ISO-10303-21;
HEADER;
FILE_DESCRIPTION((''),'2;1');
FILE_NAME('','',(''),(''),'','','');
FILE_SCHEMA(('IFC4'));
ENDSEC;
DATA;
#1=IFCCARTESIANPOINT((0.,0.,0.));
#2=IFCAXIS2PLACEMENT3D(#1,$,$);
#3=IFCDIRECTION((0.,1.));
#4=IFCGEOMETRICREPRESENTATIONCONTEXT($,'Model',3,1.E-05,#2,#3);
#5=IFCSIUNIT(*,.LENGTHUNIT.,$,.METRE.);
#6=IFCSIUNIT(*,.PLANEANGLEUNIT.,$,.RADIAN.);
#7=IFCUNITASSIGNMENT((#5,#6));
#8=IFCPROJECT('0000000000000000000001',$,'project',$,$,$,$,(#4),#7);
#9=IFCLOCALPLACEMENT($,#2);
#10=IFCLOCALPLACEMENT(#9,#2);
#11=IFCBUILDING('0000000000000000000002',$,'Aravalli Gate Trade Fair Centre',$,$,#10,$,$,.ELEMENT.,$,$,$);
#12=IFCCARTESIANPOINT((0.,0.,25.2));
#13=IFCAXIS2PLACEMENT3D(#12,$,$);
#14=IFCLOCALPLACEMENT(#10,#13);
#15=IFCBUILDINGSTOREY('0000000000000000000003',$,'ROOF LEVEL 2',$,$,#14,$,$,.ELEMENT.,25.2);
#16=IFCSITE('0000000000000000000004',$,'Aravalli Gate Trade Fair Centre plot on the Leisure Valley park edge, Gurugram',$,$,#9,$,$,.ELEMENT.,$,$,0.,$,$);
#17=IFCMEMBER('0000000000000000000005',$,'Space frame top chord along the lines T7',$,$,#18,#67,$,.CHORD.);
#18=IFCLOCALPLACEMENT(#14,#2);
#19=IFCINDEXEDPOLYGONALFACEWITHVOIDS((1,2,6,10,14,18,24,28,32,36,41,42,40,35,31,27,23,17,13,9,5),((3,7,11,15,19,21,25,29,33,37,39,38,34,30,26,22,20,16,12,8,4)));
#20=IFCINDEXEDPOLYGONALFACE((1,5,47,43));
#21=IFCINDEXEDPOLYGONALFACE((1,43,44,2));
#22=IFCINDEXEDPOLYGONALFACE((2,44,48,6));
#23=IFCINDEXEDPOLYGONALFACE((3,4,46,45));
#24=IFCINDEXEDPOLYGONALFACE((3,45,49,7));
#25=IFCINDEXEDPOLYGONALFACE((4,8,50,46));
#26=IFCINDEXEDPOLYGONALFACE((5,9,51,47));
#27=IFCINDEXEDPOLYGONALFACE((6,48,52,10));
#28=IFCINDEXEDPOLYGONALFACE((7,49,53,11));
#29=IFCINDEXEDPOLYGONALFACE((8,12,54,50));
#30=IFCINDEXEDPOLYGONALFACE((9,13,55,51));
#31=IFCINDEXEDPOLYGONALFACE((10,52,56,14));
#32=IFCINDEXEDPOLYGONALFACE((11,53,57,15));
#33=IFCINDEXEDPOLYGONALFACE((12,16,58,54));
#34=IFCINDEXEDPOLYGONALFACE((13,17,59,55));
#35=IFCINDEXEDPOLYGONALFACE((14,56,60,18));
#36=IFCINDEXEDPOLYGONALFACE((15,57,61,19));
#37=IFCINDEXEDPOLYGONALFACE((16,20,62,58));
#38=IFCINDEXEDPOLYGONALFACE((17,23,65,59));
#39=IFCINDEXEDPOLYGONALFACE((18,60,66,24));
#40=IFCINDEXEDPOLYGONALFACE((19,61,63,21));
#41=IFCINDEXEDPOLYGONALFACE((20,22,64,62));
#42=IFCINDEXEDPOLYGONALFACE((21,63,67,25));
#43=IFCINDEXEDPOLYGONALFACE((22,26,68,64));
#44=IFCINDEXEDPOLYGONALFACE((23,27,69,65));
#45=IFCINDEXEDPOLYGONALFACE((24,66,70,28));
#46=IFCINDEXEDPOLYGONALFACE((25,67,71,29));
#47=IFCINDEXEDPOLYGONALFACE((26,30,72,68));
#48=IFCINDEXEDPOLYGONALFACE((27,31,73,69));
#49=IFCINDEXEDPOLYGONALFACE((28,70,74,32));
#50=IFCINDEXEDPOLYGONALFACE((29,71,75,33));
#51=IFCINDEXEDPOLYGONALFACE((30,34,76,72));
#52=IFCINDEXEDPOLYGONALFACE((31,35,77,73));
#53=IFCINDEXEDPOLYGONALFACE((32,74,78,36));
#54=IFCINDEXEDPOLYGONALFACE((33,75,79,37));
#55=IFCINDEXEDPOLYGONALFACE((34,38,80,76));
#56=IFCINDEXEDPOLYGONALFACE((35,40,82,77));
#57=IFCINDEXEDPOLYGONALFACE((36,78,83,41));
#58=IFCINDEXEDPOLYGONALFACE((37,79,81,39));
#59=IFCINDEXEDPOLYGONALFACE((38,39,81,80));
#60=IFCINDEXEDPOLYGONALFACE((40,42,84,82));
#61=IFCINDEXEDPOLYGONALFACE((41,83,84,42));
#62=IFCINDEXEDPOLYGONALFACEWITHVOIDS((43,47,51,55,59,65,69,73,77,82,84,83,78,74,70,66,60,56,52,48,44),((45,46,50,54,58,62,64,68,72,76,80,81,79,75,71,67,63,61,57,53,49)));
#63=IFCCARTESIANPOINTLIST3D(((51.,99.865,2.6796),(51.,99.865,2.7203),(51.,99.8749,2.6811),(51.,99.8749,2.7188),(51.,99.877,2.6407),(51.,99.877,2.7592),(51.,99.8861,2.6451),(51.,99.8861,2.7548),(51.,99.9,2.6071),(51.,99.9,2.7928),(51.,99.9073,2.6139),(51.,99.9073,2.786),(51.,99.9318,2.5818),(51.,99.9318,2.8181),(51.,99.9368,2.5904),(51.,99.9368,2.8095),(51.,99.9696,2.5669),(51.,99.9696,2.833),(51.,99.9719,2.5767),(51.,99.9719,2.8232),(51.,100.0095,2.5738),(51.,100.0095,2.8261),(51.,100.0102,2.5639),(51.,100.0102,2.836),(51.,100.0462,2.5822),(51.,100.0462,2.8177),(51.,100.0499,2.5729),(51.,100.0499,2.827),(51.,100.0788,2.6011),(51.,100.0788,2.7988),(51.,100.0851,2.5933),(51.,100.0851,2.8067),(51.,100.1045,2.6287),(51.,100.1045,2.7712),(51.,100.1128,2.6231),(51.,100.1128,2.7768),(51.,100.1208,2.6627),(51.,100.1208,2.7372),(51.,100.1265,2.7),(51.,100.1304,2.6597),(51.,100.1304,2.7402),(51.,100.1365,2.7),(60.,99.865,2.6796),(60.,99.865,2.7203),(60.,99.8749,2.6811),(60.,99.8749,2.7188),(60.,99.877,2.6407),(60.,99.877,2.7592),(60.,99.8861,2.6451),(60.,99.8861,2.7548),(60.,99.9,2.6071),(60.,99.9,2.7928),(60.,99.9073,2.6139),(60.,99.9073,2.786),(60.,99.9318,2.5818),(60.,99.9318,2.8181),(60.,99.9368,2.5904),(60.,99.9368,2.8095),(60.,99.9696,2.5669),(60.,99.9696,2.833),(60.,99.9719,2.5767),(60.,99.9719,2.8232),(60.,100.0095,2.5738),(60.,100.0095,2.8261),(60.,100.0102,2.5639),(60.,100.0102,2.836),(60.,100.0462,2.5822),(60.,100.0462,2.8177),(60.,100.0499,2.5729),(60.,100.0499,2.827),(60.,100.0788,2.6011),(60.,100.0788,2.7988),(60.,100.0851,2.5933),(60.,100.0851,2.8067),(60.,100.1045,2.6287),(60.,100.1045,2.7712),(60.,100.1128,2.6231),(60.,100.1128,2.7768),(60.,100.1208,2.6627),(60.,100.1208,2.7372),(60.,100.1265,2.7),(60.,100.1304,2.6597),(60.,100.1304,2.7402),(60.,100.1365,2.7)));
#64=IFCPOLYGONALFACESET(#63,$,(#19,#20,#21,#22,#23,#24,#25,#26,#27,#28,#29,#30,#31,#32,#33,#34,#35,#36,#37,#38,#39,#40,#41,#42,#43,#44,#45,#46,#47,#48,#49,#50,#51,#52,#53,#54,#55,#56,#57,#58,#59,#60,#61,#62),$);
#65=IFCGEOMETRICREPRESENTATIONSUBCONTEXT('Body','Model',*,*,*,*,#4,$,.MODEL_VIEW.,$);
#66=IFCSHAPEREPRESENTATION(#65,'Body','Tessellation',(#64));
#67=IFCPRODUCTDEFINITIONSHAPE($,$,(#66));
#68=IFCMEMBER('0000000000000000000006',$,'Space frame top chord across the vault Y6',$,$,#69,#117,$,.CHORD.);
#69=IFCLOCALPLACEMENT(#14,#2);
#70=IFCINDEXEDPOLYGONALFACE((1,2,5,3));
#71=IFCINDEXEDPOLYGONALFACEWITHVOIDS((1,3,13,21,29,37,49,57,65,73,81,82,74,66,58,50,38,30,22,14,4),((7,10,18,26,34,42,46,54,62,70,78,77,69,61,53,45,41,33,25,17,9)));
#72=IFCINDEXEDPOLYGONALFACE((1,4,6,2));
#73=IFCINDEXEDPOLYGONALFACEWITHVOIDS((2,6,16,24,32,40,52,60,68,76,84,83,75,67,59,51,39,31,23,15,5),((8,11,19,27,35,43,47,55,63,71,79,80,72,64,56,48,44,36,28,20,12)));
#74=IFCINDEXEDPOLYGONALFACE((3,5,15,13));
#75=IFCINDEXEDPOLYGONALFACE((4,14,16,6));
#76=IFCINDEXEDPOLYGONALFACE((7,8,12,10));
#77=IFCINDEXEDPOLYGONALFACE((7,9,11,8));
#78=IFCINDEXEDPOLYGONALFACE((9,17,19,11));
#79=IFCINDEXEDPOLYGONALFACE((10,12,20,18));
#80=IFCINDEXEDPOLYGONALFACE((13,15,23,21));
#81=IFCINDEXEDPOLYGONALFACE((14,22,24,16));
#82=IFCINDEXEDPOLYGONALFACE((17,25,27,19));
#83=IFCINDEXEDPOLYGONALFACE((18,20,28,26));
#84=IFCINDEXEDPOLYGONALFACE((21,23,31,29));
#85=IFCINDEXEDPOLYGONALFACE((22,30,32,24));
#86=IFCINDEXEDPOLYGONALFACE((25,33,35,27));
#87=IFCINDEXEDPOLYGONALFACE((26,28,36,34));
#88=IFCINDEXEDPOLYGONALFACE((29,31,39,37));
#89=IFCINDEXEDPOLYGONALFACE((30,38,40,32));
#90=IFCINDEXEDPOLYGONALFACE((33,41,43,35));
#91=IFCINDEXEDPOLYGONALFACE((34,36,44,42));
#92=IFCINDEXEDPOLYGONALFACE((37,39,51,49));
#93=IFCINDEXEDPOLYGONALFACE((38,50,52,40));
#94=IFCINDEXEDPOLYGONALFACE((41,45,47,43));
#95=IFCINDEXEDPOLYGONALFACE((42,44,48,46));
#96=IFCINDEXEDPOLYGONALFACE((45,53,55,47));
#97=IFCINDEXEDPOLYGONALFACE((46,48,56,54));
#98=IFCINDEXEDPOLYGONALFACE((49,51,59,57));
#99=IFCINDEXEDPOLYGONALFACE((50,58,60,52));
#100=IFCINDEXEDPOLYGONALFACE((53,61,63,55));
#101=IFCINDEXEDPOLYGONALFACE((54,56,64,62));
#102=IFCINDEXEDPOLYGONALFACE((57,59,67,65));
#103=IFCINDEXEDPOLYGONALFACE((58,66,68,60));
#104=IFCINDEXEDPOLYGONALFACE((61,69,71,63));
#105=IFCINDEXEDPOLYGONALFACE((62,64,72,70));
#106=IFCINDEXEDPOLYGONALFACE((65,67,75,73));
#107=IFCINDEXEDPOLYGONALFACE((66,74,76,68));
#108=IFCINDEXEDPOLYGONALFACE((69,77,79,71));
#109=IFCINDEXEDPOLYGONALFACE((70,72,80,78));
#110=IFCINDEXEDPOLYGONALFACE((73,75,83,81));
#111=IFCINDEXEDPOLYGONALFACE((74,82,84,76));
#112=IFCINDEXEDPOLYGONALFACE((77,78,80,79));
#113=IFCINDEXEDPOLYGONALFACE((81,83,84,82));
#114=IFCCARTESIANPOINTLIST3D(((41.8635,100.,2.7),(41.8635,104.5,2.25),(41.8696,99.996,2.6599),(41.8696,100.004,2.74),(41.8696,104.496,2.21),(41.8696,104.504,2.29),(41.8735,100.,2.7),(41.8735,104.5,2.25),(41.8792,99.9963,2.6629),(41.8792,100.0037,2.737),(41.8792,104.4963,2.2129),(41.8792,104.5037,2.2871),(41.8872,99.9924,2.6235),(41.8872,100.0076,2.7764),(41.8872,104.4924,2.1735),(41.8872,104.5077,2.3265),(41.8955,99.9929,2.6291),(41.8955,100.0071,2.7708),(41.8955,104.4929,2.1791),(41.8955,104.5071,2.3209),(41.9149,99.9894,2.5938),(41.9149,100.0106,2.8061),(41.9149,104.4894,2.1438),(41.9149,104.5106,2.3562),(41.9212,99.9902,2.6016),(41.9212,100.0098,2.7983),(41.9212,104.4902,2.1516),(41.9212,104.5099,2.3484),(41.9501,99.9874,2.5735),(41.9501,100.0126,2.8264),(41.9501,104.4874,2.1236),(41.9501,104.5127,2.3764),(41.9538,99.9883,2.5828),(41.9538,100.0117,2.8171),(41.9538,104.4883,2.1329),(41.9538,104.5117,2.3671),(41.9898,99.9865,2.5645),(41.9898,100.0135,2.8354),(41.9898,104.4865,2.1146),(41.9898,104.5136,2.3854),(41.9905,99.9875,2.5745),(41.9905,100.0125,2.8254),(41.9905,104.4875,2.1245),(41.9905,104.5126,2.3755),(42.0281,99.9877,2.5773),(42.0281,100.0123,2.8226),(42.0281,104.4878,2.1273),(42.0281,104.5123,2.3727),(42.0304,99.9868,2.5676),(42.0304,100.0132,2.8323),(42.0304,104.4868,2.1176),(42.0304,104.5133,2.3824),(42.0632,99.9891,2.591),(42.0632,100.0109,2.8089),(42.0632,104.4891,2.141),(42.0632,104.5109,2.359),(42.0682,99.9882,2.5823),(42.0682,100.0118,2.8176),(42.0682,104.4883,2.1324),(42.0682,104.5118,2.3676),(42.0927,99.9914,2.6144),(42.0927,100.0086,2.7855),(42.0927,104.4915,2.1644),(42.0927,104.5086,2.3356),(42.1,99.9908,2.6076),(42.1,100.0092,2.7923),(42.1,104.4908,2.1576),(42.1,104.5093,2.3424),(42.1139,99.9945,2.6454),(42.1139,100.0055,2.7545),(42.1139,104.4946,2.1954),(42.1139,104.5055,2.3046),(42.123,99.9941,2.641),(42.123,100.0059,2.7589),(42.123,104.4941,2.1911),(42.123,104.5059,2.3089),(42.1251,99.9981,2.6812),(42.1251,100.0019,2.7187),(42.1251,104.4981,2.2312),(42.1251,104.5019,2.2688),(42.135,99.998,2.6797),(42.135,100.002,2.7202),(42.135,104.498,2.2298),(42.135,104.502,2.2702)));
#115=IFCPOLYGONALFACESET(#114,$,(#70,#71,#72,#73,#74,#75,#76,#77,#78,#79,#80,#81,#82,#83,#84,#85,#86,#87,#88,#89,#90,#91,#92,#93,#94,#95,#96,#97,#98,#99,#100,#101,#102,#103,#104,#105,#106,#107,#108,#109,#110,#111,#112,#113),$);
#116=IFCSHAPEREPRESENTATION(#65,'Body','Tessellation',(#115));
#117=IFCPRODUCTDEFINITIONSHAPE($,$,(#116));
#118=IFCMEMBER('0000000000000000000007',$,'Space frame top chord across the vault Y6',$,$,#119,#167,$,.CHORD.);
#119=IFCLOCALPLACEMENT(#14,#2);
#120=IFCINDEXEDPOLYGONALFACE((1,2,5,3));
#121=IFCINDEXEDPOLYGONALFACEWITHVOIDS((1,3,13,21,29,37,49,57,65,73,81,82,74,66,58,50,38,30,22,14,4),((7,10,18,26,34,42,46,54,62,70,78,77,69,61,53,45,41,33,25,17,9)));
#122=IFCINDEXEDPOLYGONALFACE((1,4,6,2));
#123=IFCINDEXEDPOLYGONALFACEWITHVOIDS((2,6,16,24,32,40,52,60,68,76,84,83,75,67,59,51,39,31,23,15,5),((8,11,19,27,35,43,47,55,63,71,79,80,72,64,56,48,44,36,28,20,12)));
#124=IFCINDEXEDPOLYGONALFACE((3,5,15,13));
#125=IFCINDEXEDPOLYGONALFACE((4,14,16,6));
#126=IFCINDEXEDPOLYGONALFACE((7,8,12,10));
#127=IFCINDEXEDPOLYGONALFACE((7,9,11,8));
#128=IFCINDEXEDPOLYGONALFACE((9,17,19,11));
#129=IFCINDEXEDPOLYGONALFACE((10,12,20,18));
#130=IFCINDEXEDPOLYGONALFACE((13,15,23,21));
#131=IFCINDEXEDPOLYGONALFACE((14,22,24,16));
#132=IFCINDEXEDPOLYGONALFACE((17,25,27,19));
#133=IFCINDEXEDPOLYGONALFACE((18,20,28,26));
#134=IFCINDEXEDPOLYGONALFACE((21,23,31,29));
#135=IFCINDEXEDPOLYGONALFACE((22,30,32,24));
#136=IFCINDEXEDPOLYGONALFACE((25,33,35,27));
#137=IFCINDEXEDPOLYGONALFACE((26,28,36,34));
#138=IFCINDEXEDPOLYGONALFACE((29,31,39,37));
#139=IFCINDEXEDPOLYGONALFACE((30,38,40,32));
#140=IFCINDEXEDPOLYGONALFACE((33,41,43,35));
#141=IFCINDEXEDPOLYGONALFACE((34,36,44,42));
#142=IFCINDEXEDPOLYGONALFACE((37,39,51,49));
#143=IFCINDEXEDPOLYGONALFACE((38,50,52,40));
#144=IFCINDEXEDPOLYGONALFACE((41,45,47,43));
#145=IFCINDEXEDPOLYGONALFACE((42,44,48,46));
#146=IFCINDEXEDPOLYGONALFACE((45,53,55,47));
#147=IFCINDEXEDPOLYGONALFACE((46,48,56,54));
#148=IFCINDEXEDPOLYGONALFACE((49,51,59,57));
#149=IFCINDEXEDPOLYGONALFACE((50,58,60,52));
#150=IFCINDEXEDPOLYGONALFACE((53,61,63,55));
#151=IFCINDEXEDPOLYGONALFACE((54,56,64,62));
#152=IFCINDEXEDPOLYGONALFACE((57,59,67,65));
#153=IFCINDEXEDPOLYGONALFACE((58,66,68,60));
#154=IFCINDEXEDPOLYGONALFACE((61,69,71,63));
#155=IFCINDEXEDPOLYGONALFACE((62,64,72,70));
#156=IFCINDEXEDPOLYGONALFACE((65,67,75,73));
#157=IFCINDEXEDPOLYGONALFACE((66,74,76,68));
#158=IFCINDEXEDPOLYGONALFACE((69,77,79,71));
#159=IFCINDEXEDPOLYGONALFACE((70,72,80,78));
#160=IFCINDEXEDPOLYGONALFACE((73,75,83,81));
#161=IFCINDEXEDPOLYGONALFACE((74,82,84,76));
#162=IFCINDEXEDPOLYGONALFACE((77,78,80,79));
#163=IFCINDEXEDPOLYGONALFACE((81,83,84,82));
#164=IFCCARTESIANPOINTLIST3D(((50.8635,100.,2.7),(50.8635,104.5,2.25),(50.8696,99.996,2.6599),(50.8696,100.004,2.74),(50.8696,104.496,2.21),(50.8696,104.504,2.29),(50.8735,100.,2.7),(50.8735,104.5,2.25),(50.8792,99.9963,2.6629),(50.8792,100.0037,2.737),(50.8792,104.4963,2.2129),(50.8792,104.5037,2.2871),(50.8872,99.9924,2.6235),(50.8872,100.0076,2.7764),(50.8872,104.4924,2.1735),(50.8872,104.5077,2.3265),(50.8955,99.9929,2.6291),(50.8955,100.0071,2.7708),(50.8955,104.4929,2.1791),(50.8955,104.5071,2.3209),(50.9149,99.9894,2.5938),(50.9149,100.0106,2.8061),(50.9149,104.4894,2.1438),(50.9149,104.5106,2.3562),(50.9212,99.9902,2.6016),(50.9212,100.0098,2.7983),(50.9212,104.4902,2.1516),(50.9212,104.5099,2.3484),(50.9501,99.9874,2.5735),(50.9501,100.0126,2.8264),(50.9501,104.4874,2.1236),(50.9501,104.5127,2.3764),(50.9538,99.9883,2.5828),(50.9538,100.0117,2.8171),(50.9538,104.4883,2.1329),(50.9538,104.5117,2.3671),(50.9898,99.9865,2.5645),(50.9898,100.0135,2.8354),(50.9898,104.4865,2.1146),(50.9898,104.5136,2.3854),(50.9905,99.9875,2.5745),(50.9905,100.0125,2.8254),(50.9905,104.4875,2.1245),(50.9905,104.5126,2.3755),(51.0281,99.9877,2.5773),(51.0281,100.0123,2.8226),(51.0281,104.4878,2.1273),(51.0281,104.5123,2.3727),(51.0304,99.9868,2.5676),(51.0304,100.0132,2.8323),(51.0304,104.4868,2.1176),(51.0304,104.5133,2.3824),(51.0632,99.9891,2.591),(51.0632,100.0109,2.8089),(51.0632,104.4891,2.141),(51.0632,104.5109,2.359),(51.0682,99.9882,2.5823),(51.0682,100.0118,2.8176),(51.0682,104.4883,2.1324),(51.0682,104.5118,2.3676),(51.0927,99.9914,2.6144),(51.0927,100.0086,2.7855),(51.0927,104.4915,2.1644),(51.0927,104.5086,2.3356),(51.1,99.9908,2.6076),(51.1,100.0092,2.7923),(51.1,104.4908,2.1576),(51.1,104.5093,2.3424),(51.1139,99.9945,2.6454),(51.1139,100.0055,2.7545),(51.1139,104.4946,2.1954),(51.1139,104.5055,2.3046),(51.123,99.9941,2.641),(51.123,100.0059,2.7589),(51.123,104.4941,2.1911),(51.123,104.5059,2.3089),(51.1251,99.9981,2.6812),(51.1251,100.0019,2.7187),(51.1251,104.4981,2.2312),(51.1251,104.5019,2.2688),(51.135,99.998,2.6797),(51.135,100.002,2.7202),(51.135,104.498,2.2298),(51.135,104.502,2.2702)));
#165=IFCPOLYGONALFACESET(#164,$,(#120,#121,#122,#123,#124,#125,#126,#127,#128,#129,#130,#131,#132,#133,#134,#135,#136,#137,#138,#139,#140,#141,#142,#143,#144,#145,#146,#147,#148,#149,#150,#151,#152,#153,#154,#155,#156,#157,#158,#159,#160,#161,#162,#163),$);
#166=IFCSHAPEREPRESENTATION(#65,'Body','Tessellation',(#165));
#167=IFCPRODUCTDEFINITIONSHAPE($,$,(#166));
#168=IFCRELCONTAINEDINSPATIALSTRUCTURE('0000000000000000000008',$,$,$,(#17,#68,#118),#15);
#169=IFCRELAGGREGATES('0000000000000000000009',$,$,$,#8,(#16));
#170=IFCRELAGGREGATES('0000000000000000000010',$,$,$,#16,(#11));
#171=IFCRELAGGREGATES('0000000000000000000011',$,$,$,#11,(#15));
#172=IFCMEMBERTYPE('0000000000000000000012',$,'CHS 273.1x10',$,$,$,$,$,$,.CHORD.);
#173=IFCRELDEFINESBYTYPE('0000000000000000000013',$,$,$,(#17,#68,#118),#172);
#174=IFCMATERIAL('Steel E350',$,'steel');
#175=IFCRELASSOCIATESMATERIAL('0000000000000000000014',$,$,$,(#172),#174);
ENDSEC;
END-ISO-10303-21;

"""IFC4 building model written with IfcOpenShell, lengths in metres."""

from ifc_helpers import new_model, si_unit, direction, frame, origin, origin_2d, place, context, subcontext, project, spatial, hollow_circle, extrude, material, material_profile, profile_set, type_object, element, save


model = new_model("IFC4")

# Units and contexts
model_context = context("Model", 3, precision=1e-05, world=origin(), true_north=direction((0.0, 1.0)))
body_context = subcontext(model_context, "Body", "Model", "MODEL_VIEW")
ifc_project = project(units=[si_unit("LENGTHUNIT", "METRE"), si_unit("PLANEANGLEUNIT", "RADIAN")], contexts=[model_context])

# Site, building, storey
site_placement = place(None, origin())
site = spatial("IfcSite", under=ifc_project, at=site_placement, Name="Aravalli Gate Trade Fair Centre plot on the Leisure Valley park edge, Gurugram", CompositionType="ELEMENT", RefElevation=0.0)
building_placement = place(site_placement, origin())
building = spatial("IfcBuilding", under=site, at=building_placement, Name="Aravalli Gate Trade Fair Centre", CompositionType="ELEMENT")
storey_placement = place(building_placement, frame((0.0, 0.0, 25.2)))
storey = spatial("IfcBuildingStorey", under=building, at=storey_placement, Name="ROOF LEVEL 2", CompositionType="ELEMENT", Elevation=25.2)

# Members
ifc_material = material(Name="Steel E350", Category="steel")
ifc_material_profile_1 = material_profile(ifc_material, hollow_circle(Radius=0.1365, WallThickness=0.01, at=origin_2d()), Name="CHS 273.1x10")
ifc_profile_set_1 = profile_set([ifc_material_profile_1], Name="Steel E350")
member_type_1 = type_object("IfcMemberType", Name="CHS 273.1x10", PredefinedType="CHORD", material=ifc_profile_set_1)
for number, where, z_axis, x_axis, name in (
    (1, (51.0, 100.0, 2.7), (1.0, 0.0, 0.0), (0.0, 1.0, 0.0), "Space frame top chord along the lines T7"),
):
    element("IfcMember", number, at=place(storey_placement, frame(where, z_axis=z_axis, x_axis=x_axis)), inside=storey, type_object=member_type_1, Name=name, PredefinedType="CHORD", context=body_context, shape_type="SweptSolid", body=[
        extrude(hollow_circle(Radius=0.1365, WallThickness=0.01, at=origin_2d()), origin(), (0.0, 0.0, 1.0), 9.0),
    ])
for number, where, z_axis, x_axis, name in (
    (2, (42.0, 100.0, 2.7), (0.0, 0.995038, -0.099493), (-1.0, 0.0, 0.0), "Space frame top chord across the vault Y6"),
    (3, (51.0, 100.0, 2.7), (0.0, 0.995038, -0.099493), (-1.0, 0.0, 0.0), "Space frame top chord across the vault Y6"),
):
    element("IfcMember", number, at=place(storey_placement, frame(where, z_axis=z_axis, x_axis=x_axis)), inside=storey, type_object=member_type_1, Name=name, PredefinedType="CHORD", context=body_context, shape_type="SweptSolid", body=[
        extrude(hollow_circle(Radius=0.1365, WallThickness=0.01, at=origin_2d()), origin(), (0.0, 0.0, 1.0), 4.5225),
    ])

save(model, "model.ifc")
